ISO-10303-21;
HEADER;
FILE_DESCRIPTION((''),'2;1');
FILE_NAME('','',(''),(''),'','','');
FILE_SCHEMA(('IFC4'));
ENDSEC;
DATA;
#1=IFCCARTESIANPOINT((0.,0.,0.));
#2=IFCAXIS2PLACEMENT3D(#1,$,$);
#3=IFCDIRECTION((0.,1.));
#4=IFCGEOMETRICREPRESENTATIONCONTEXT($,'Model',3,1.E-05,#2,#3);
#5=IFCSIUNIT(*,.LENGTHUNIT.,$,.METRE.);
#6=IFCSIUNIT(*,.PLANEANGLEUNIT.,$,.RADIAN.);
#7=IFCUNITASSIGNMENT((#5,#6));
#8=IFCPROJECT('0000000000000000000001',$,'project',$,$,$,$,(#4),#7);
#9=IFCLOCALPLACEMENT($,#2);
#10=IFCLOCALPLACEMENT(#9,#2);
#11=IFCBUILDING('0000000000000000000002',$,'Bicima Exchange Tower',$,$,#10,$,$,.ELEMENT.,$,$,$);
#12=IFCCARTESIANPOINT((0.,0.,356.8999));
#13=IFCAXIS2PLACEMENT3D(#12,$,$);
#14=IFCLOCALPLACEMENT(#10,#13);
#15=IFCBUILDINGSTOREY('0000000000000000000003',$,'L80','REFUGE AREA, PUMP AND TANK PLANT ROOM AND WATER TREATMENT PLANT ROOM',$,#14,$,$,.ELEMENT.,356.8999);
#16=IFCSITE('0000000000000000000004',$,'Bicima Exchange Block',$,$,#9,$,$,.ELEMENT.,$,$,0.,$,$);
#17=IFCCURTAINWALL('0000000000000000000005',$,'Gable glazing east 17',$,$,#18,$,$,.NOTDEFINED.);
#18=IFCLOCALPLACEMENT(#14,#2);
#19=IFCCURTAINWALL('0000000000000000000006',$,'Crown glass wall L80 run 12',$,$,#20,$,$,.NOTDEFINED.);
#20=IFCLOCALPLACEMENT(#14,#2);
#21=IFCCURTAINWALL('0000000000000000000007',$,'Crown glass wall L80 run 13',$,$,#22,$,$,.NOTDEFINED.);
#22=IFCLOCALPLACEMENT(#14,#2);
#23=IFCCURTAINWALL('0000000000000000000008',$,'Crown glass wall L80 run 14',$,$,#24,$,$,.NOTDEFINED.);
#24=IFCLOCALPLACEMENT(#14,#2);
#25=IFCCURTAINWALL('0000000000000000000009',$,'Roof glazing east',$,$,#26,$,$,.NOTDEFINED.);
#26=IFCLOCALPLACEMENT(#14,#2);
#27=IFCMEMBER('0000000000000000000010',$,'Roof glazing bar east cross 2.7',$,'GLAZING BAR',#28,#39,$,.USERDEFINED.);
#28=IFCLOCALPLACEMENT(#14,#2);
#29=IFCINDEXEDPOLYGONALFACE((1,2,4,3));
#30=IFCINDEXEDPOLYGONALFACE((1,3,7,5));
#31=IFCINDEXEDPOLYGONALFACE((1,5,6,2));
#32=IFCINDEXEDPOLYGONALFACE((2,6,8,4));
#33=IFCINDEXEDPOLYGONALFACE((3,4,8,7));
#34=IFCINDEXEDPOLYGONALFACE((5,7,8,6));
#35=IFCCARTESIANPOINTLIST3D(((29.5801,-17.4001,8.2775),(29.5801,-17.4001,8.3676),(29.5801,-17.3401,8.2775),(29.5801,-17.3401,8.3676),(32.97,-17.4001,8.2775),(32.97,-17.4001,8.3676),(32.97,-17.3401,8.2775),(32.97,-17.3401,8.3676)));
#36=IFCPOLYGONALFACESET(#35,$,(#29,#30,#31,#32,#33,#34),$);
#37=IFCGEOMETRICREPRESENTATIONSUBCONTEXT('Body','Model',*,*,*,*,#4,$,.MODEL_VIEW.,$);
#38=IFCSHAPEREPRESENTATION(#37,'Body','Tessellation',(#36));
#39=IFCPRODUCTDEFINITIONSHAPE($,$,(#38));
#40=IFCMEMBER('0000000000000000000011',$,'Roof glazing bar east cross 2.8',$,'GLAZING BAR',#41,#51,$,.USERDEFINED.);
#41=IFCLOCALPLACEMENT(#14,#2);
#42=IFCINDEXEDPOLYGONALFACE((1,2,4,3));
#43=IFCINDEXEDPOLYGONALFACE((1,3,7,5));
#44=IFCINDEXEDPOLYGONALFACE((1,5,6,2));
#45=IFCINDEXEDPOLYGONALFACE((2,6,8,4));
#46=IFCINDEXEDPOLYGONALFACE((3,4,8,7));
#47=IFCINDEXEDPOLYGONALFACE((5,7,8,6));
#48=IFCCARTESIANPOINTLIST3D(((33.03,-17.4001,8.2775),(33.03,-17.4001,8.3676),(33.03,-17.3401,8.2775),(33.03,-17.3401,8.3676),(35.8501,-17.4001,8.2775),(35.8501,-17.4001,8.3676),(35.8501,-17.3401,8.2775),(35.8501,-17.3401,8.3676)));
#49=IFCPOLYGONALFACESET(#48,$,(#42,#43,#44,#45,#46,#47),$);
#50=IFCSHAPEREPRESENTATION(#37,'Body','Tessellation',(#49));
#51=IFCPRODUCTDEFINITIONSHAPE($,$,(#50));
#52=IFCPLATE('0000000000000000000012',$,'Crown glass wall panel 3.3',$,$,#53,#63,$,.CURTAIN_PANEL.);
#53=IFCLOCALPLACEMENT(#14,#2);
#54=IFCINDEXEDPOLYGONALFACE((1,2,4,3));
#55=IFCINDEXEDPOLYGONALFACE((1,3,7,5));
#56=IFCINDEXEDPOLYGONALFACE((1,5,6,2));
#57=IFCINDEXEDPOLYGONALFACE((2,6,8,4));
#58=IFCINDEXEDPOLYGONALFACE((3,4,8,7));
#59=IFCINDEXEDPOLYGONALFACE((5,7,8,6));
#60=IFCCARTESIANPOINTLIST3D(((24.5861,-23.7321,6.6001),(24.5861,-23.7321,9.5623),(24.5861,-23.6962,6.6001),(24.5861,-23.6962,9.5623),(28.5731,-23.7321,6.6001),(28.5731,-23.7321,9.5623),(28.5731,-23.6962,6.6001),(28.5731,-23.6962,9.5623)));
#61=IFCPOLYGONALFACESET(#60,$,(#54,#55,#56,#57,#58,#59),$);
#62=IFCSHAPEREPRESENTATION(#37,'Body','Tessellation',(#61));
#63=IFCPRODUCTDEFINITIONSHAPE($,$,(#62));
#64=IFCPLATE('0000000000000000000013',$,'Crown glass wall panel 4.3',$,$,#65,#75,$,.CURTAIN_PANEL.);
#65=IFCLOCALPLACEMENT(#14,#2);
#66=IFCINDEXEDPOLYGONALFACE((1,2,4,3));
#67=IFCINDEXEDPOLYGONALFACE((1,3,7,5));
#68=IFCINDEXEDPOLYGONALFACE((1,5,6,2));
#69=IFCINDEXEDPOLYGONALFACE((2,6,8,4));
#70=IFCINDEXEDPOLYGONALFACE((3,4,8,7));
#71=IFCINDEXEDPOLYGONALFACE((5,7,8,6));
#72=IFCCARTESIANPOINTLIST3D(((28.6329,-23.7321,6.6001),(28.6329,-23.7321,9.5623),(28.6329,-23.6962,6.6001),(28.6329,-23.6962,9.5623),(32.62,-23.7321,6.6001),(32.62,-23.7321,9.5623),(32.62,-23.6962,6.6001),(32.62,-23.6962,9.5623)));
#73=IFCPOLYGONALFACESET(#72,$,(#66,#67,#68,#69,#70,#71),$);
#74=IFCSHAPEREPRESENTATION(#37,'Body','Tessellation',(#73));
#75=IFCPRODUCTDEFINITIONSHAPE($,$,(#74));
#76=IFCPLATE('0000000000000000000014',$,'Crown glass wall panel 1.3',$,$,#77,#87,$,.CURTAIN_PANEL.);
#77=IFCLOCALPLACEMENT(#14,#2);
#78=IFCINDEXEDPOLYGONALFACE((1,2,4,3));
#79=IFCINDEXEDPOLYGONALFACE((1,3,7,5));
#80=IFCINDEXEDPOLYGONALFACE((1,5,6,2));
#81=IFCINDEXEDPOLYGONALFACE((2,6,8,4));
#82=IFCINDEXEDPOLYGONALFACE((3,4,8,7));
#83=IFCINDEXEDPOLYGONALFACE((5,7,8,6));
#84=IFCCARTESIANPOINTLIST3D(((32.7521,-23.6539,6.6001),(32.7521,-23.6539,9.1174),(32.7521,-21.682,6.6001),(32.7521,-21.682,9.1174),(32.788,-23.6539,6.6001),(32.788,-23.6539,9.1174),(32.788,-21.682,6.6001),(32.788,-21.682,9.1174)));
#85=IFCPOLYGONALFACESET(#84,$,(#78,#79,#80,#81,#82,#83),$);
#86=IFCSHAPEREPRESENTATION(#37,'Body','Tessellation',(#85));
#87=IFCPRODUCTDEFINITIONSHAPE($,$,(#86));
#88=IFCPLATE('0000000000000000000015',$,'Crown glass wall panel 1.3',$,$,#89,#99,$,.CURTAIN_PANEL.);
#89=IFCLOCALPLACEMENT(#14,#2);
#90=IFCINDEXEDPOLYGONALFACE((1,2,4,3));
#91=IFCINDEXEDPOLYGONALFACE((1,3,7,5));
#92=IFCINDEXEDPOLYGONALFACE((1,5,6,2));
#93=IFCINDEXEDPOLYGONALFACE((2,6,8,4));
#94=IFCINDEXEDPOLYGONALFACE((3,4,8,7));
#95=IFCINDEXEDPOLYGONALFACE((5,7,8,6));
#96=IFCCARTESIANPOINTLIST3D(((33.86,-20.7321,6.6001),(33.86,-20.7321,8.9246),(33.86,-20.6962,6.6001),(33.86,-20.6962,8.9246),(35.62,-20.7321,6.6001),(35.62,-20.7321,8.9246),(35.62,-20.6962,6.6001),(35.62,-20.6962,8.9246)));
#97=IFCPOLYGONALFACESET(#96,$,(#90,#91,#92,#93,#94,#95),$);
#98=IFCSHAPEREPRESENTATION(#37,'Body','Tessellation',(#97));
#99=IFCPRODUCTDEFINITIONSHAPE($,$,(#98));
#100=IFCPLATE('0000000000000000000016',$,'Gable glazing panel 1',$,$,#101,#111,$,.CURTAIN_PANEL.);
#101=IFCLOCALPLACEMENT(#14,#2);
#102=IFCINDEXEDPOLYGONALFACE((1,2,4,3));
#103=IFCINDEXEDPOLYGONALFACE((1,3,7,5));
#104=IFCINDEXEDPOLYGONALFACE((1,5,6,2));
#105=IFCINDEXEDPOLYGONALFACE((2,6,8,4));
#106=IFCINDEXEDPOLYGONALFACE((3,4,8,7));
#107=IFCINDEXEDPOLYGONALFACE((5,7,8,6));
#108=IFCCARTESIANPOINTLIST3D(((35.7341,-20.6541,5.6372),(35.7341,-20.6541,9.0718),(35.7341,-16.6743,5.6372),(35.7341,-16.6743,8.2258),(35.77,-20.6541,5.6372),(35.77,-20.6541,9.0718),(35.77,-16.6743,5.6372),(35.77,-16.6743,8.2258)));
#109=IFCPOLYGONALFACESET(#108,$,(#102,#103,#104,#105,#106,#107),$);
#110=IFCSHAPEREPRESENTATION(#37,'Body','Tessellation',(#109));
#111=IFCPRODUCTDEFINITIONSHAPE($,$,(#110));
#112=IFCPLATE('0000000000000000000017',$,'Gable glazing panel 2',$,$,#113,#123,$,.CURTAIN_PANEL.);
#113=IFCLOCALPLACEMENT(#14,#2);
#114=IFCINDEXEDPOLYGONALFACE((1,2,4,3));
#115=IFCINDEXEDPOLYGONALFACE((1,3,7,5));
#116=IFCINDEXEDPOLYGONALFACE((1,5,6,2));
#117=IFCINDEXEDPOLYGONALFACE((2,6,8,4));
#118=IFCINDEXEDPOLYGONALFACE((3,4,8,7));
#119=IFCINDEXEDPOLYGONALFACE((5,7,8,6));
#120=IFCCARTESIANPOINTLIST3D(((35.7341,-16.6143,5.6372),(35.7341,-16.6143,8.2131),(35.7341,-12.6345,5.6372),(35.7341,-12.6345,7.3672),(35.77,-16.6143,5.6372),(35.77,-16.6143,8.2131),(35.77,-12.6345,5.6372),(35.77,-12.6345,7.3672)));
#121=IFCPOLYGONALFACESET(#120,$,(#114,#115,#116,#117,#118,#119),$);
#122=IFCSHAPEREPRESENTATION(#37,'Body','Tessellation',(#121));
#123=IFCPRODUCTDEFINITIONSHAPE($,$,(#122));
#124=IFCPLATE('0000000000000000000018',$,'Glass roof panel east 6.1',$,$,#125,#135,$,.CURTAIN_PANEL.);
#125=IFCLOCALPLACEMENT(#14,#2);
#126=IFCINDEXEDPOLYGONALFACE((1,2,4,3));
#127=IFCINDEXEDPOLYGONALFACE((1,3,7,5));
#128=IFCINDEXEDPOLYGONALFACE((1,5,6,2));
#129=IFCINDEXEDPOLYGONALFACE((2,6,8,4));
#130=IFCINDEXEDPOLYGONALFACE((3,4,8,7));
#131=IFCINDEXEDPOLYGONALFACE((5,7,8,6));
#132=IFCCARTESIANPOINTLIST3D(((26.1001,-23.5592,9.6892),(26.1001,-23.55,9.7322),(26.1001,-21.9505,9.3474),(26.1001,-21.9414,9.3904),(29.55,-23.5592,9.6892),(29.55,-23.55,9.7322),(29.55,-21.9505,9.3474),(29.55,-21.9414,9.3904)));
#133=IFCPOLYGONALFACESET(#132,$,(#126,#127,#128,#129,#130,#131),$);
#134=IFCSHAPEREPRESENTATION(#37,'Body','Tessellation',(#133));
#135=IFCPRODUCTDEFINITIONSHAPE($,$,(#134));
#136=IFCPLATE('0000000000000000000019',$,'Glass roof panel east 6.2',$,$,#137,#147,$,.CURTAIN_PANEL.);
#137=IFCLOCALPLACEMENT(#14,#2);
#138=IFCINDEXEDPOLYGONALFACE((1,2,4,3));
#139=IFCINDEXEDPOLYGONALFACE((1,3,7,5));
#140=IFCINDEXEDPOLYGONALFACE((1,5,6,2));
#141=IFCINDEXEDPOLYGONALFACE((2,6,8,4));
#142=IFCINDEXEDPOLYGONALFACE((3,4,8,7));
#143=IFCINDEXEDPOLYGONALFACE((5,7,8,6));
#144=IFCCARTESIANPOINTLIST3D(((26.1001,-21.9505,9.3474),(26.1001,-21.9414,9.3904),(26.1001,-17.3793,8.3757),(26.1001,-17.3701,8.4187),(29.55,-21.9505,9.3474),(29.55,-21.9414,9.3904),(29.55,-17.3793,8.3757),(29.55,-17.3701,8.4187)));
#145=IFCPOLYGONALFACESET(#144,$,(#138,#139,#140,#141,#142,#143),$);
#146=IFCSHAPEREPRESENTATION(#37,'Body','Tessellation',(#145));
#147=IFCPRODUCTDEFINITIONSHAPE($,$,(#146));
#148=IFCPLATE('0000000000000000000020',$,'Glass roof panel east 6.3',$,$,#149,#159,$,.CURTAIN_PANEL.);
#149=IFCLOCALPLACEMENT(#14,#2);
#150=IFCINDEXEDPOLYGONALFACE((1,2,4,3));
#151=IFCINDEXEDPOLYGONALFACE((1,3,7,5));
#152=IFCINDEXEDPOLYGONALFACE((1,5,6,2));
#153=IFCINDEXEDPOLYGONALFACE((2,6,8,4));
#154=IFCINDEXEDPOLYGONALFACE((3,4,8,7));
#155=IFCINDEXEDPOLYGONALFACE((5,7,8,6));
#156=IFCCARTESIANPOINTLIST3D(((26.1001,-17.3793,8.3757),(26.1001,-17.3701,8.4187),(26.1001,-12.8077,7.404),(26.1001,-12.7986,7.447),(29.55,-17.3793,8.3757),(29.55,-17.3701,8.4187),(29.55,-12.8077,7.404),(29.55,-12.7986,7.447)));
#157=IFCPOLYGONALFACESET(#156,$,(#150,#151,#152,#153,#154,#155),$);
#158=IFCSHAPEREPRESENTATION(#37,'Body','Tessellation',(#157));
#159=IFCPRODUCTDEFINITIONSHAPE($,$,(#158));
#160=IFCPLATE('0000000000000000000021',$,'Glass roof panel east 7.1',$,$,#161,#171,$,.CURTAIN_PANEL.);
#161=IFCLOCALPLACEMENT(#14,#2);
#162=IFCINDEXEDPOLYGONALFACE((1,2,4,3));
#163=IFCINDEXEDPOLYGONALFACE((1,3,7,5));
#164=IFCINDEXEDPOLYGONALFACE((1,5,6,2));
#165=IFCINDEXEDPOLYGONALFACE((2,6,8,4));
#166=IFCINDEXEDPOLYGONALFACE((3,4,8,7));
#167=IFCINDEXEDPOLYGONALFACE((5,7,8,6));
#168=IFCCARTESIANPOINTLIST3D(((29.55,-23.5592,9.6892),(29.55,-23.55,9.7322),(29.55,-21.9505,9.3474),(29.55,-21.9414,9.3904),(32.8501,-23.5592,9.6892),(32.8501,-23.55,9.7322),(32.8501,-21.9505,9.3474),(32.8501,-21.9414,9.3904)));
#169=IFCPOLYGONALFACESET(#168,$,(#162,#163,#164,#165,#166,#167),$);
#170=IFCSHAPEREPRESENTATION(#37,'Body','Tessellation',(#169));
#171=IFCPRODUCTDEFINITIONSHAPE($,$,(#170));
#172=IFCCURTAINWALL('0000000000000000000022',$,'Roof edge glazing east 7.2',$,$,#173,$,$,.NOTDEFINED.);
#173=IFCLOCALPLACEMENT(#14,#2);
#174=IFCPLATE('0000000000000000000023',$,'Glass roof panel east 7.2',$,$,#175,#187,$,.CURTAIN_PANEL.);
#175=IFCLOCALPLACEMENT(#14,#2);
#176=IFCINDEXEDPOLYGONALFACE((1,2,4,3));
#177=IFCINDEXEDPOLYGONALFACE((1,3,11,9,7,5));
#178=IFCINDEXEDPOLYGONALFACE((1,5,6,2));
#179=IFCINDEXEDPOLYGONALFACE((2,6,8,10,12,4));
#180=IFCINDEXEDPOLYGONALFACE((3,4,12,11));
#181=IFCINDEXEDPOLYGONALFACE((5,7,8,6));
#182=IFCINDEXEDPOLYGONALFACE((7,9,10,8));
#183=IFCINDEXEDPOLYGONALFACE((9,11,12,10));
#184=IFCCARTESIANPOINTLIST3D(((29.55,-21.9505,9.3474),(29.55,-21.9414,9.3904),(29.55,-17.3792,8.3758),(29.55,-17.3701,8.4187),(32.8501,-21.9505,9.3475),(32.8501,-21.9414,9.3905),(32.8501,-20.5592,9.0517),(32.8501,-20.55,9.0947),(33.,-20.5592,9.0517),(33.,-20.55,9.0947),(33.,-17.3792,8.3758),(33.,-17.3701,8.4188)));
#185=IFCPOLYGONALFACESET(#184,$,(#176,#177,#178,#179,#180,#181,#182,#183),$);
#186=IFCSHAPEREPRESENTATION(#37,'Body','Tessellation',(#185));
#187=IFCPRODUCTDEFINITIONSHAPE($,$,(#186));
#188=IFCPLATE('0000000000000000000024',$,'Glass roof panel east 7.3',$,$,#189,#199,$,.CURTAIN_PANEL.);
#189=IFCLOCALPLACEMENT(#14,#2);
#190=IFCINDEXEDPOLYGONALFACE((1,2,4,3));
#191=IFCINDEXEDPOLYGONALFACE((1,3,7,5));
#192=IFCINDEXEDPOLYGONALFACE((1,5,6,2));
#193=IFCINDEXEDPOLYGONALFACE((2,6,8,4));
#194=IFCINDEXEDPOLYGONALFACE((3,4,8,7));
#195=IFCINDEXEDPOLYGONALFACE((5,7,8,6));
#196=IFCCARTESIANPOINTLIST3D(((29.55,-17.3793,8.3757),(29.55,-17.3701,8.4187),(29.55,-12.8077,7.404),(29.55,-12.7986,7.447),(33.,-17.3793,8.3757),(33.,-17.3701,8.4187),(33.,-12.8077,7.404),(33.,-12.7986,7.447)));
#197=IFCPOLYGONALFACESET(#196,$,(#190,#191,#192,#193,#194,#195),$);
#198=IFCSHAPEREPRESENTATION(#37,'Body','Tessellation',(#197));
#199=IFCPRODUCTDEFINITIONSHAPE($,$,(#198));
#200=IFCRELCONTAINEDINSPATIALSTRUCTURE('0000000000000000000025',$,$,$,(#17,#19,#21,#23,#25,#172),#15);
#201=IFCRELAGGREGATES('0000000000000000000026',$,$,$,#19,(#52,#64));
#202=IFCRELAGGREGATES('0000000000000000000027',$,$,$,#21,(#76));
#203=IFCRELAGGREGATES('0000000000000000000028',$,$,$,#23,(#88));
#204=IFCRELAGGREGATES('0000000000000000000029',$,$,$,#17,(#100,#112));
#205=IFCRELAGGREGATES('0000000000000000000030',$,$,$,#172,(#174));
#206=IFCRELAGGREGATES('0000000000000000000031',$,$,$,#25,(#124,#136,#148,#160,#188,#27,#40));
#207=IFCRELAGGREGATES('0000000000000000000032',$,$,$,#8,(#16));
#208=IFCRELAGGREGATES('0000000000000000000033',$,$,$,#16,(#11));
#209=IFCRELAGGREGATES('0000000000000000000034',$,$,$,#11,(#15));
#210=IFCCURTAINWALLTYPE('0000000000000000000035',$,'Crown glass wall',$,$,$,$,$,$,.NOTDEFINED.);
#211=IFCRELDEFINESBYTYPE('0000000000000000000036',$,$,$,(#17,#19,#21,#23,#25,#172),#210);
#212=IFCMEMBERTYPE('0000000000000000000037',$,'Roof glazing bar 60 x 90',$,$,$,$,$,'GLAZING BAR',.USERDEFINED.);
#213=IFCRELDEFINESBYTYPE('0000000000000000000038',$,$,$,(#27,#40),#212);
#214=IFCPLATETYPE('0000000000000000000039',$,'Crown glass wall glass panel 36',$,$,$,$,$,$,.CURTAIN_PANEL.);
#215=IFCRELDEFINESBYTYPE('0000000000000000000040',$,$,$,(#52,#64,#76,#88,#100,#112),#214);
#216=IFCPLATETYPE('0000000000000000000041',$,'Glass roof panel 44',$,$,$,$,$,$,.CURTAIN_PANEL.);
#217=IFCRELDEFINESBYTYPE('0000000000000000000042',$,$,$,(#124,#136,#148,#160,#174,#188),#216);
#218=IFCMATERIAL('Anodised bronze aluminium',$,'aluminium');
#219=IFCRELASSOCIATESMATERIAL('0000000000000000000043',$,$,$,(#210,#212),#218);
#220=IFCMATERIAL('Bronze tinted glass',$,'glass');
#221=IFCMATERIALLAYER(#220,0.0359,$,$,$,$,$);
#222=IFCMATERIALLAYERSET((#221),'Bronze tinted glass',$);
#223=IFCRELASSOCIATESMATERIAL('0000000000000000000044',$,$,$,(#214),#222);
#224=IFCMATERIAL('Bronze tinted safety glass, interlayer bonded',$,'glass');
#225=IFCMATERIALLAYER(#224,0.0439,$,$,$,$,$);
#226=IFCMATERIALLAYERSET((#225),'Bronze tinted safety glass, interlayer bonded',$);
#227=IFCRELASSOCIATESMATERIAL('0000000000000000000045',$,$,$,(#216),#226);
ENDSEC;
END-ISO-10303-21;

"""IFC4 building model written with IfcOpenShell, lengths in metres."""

from ifc_helpers import new_model, si_unit, direction, frame, origin, origin_2d, place, context, subcontext, project, spatial, polyline, rectangle, outline, extrude, material, layer, layer_set, material_profile, profile_set, type_object, element, aggregate, save


model = new_model("IFC4")

# Units and contexts
model_context = context("Model", 3, precision=1e-05, world=origin(), true_north=direction((0.0, 1.0)))
body_context = subcontext(model_context, "Body", "Model", "MODEL_VIEW")
ifc_project = project(units=[si_unit("LENGTHUNIT", "METRE"), si_unit("PLANEANGLEUNIT", "RADIAN")], contexts=[model_context])

# Site, building, storey
site_placement = place(None, origin())
site = spatial("IfcSite", under=ifc_project, at=site_placement, Name="Bicima Exchange Block", CompositionType="ELEMENT", RefElevation=0.0)
building_placement = place(site_placement, origin())
building = spatial("IfcBuilding", under=site, at=building_placement, Name="Bicima Exchange Tower", CompositionType="ELEMENT")
storey_placement = place(building_placement, frame((0.0, 0.0, 356.8999)))
storey = spatial("IfcBuildingStorey", under=building, at=storey_placement, Name="L80", Description="REFUGE AREA, PUMP AND TANK PLANT ROOM AND WATER TREATMENT PLANT ROOM", CompositionType="ELEMENT", Elevation=356.8999)

# Curtain walls, members
ifc_material_1 = material(Name="Anodised bronze aluminium", Category="aluminium")
curtain_wall_type = type_object("IfcCurtainWallType", Name="Crown glass wall", PredefinedType="NOTDEFINED", material=ifc_material_1)
curtain_wall_1_placement = place(storey_placement, origin())
curtain_wall_1 = element("IfcCurtainWall", 1, at=curtain_wall_1_placement, inside=storey, type_object=curtain_wall_type, Name="Gable glazing east 17", PredefinedType="NOTDEFINED")
curtain_wall_2_placement = place(storey_placement, origin())
curtain_wall_2 = element("IfcCurtainWall", 2, at=curtain_wall_2_placement, inside=storey, type_object=curtain_wall_type, Name="Crown glass wall L80 run 12", PredefinedType="NOTDEFINED")
curtain_wall_3_placement = place(storey_placement, origin())
curtain_wall_3 = element("IfcCurtainWall", 3, at=curtain_wall_3_placement, inside=storey, type_object=curtain_wall_type, Name="Crown glass wall L80 run 13", PredefinedType="NOTDEFINED")
curtain_wall_4_placement = place(storey_placement, origin())
curtain_wall_4 = element("IfcCurtainWall", 4, at=curtain_wall_4_placement, inside=storey, type_object=curtain_wall_type, Name="Crown glass wall L80 run 14", PredefinedType="NOTDEFINED")
curtain_wall_5_placement = place(storey_placement, origin())
curtain_wall_5 = element("IfcCurtainWall", 5, at=curtain_wall_5_placement, inside=storey, type_object=curtain_wall_type, Name="Roof glazing east", PredefinedType="NOTDEFINED")
ifc_material_profile_1 = material_profile(ifc_material_1, rectangle(XDim=0.0601, YDim=0.0901, at=origin_2d()))
ifc_profile_set_1 = profile_set([ifc_material_profile_1], Name="Anodised bronze aluminium")
member_type_1 = type_object("IfcMemberType", Name="Roof glazing bar 60 x 90", ElementType="GLAZING BAR", PredefinedType="USERDEFINED", material=ifc_profile_set_1)
member_1_placement = place(storey_placement, frame((29.5801, -17.3701, 8.3225), z_axis=(1.0, 0.0, 0.0), x_axis=(0.0, 1.0, 0.0)))
member_1 = element("IfcMember", 6, at=member_1_placement, type_object=member_type_1, Name="Roof glazing bar east cross 2.7", ObjectType="GLAZING BAR", PredefinedType="USERDEFINED", context=body_context, shape_type="SweptSolid", body=[
    extrude(rectangle(XDim=0.0601, YDim=0.0901, at=origin_2d()), origin(), (0.0, 0.0, 1.0), 3.3899),
])
member_2_placement = place(storey_placement, frame((33.03, -17.3701, 8.3225), z_axis=(1.0, 0.0, 0.0), x_axis=(0.0, 1.0, 0.0)))
member_2 = element("IfcMember", 7, at=member_2_placement, type_object=member_type_1, Name="Roof glazing bar east cross 2.8", ObjectType="GLAZING BAR", PredefinedType="USERDEFINED", context=body_context, shape_type="SweptSolid", body=[
    extrude(rectangle(XDim=0.0601, YDim=0.0901, at=origin_2d()), origin(), (0.0, 0.0, 1.0), 2.8201),
])

# Plates
ifc_material_2 = material(Name="Bronze tinted glass", Category="glass")
ifc_layer_1 = layer(ifc_material_2, 0.0359)
ifc_layer_set_1 = layer_set([ifc_layer_1], Name="Bronze tinted glass")
plate_type_1 = type_object("IfcPlateType", Name="Crown glass wall glass panel 36", PredefinedType="CURTAIN_PANEL", material=ifc_layer_set_1)
plate_1_placement = place(storey_placement, frame((26.5796, -23.7141, 6.6001), z_axis=(0.0, 0.0, 1.0), x_axis=(1.0, 0.0, 0.0)))
plate_1 = element("IfcPlate", 8, at=plate_1_placement, type_object=plate_type_1, Name="Crown glass wall panel 3.3", PredefinedType="CURTAIN_PANEL", context=body_context, shape_type="SweptSolid", body=[
    extrude(rectangle(XDim=3.9871, YDim=0.0359, at=origin_2d()), origin(), (0.0, 0.0, 1.0), 2.9622),
])
plate_2_placement = place(storey_placement, frame((30.6265, -23.7141, 6.6001), z_axis=(0.0, 0.0, 1.0), x_axis=(1.0, 0.0, 0.0)))
plate_2 = element("IfcPlate", 9, at=plate_2_placement, type_object=plate_type_1, Name="Crown glass wall panel 4.3", PredefinedType="CURTAIN_PANEL", context=body_context, shape_type="SweptSolid", body=[
    extrude(rectangle(XDim=3.9871, YDim=0.0359, at=origin_2d()), origin(), (0.0, 0.0, 1.0), 2.9622),
])
aggregate(curtain_wall_2, [plate_1, plate_2])
plate_3_placement = place(storey_placement, frame((32.77, -22.668, 6.6001), z_axis=(0.0, 0.0, 1.0), x_axis=(0.0, 1.0, 0.0)))
plate_3 = element("IfcPlate", 10, at=plate_3_placement, type_object=plate_type_1, Name="Crown glass wall panel 1.3", PredefinedType="CURTAIN_PANEL", context=body_context, shape_type="SweptSolid", body=[
    extrude(rectangle(XDim=1.9719, YDim=0.0359, at=origin_2d()), origin(), (0.0, 0.0, 1.0), 2.5173),
])
aggregate(curtain_wall_3, [plate_3])
plate_4_placement = place(storey_placement, frame((34.74, -20.7141, 6.6001), z_axis=(0.0, 0.0, 1.0), x_axis=(1.0, 0.0, 0.0)))
plate_4 = element("IfcPlate", 11, at=plate_4_placement, type_object=plate_type_1, Name="Crown glass wall panel 1.3", PredefinedType="CURTAIN_PANEL", context=body_context, shape_type="SweptSolid", body=[
    extrude(rectangle(XDim=1.76, YDim=0.0359, at=origin_2d()), origin(), (0.0, 0.0, 1.0), 2.3245),
])
aggregate(curtain_wall_4, [plate_4])
plate_5_placement = place(storey_placement, frame((35.77, -20.6541, 5.6372), z_axis=(1.0, 0.0, 0.0), x_axis=(0.0, 1.0, 0.0)))
plate_5 = element("IfcPlate", 12, at=plate_5_placement, type_object=plate_type_1, Name="Gable glazing panel 1", PredefinedType="CURTAIN_PANEL", context=body_context, shape_type="SweptSolid", body=[
    extrude(outline(polyline([(0.0, 0.0), (3.9797, 0.0), (3.9797, 2.5886), (0.0, 3.4346), (0.0, 0.0)])), origin(), (0.0, 0.0, -1.0), 0.0359),
])
plate_6_placement = place(storey_placement, frame((35.77, -16.6143, 5.6372), z_axis=(1.0, 0.0, 0.0), x_axis=(0.0, 1.0, 0.0)))
plate_6 = element("IfcPlate", 13, at=plate_6_placement, type_object=plate_type_1, Name="Gable glazing panel 2", PredefinedType="CURTAIN_PANEL", context=body_context, shape_type="SweptSolid", body=[
    extrude(outline(polyline([(0.0, 0.0), (3.9797, 0.0), (3.9797, 1.73), (0.0, 2.5759), (0.0, 0.0)])), origin(), (0.0, 0.0, -1.0), 0.0359),
])
aggregate(curtain_wall_1, [plate_5, plate_6])
ifc_material_3 = material(Name="Bronze tinted safety glass, interlayer bonded", Category="glass")
ifc_layer_2 = layer(ifc_material_3, 0.0439)
ifc_layer_set_2 = layer_set([ifc_layer_2], Name="Bronze tinted safety glass, interlayer bonded")
plate_type_2 = type_object("IfcPlateType", Name="Glass roof panel 44", PredefinedType="CURTAIN_PANEL", material=ifc_layer_set_2)
plate_7_placement = place(storey_placement, frame((26.1001, -23.55, 9.7322), z_axis=(0.0, 0.207836, 0.978164), x_axis=(0.0, 0.978164, -0.207836)))
plate_7 = element("IfcPlate", 14, at=plate_7_placement, type_object=plate_type_2, Name="Glass roof panel east 6.1", PredefinedType="CURTAIN_PANEL", context=body_context, shape_type="SweptSolid", body=[
    extrude(outline(polyline([(0.0, 0.0), (1.6446, 0.0), (1.6446, -3.45), (0.0, -3.45), (0.0, 0.0)])), origin(), (0.0, 0.0, -1.0), 0.0439),
])
plate_8_placement = place(storey_placement, frame((26.1001, -21.9414, 9.3904), z_axis=(0.0, 0.207916, 0.978147), x_axis=(0.0, 0.978147, -0.207916)))
plate_8 = element("IfcPlate", 15, at=plate_8_placement, type_object=plate_type_2, Name="Glass roof panel east 6.2", PredefinedType="CURTAIN_PANEL", context=body_context, shape_type="SweptSolid", body=[
    extrude(outline(polyline([(0.0, 0.0), (4.6734, 0.0), (4.6734, -3.45), (0.0, -3.45), (0.0, 0.0)])), origin(), (0.0, 0.0, -1.0), 0.0439),
])
plate_9_placement = place(storey_placement, frame((26.1001, -17.3701, 8.4187), z_axis=(0.0, 0.207906, 0.978149), x_axis=(0.0, 0.978149, -0.207906)))
plate_9 = element("IfcPlate", 16, at=plate_9_placement, type_object=plate_type_2, Name="Glass roof panel east 6.3", PredefinedType="CURTAIN_PANEL", context=body_context, shape_type="SweptSolid", body=[
    extrude(outline(polyline([(0.0, 0.0), (4.6737, 0.0), (4.6737, -3.45), (0.0, -3.45), (0.0, 0.0)])), origin(), (0.0, 0.0, -1.0), 0.0439),
])
plate_10_placement = place(storey_placement, frame((32.8501, -23.55, 9.7322), z_axis=(0.0, 0.207836, 0.978164), x_axis=(-1.0, 0.0, 0.0)))
plate_10 = element("IfcPlate", 17, at=plate_10_placement, type_object=plate_type_2, Name="Glass roof panel east 7.1", PredefinedType="CURTAIN_PANEL", context=body_context, shape_type="SweptSolid", body=[
    extrude(outline(polyline([(0.0, 0.0), (3.3, 0.0), (3.3, -1.6446), (0.0, -1.6446), (0.0, 0.0)])), origin(), (0.0, 0.0, -1.0), 0.0439),
])

# Curtain wall, plate
curtain_wall_6_placement = place(storey_placement, origin())
curtain_wall_6 = element("IfcCurtainWall", 18, at=curtain_wall_6_placement, inside=storey, type_object=curtain_wall_type, Name="Roof edge glazing east 7.2", PredefinedType="NOTDEFINED")
plate_11_placement = place(storey_placement, frame((32.8501, -20.55, 9.0947), z_axis=(-0.000014, 0.207917, 0.978146), x_axis=(0.0, -0.978146, 0.207917)))
plate_11 = element("IfcPlate", 19, at=plate_11_placement, type_object=plate_type_2, Name="Glass roof panel east 7.2", PredefinedType="CURTAIN_PANEL", context=body_context, shape_type="SweptSolid", body=[
    extrude(outline(polyline([(0.0, 0.0), (1.4224, 0.0), (1.4224, -3.3), (-3.251, -3.3), (-3.251, 0.1499), (0.0, 0.1499), (0.0, 0.0)])), origin(), (0.0, 0.0, -1.0), 0.0439),
])
aggregate(curtain_wall_6, [plate_11])

# Plate
plate_12_placement = place(storey_placement, frame((29.55, -17.3701, 8.4187), z_axis=(0.0, 0.207906, 0.978149), x_axis=(0.0, 0.978149, -0.207906)))
plate_12 = element("IfcPlate", 20, at=plate_12_placement, type_object=plate_type_2, Name="Glass roof panel east 7.3", PredefinedType="CURTAIN_PANEL", context=body_context, shape_type="SweptSolid", body=[
    extrude(outline(polyline([(0.0, 0.0), (4.6737, 0.0), (4.6737, -3.45), (0.0, -3.45), (0.0, 0.0)])), origin(), (0.0, 0.0, -1.0), 0.0439),
])
aggregate(curtain_wall_5, [plate_7, plate_8, plate_9, plate_10, plate_12, member_1, member_2])

save(model, "model.ifc")
